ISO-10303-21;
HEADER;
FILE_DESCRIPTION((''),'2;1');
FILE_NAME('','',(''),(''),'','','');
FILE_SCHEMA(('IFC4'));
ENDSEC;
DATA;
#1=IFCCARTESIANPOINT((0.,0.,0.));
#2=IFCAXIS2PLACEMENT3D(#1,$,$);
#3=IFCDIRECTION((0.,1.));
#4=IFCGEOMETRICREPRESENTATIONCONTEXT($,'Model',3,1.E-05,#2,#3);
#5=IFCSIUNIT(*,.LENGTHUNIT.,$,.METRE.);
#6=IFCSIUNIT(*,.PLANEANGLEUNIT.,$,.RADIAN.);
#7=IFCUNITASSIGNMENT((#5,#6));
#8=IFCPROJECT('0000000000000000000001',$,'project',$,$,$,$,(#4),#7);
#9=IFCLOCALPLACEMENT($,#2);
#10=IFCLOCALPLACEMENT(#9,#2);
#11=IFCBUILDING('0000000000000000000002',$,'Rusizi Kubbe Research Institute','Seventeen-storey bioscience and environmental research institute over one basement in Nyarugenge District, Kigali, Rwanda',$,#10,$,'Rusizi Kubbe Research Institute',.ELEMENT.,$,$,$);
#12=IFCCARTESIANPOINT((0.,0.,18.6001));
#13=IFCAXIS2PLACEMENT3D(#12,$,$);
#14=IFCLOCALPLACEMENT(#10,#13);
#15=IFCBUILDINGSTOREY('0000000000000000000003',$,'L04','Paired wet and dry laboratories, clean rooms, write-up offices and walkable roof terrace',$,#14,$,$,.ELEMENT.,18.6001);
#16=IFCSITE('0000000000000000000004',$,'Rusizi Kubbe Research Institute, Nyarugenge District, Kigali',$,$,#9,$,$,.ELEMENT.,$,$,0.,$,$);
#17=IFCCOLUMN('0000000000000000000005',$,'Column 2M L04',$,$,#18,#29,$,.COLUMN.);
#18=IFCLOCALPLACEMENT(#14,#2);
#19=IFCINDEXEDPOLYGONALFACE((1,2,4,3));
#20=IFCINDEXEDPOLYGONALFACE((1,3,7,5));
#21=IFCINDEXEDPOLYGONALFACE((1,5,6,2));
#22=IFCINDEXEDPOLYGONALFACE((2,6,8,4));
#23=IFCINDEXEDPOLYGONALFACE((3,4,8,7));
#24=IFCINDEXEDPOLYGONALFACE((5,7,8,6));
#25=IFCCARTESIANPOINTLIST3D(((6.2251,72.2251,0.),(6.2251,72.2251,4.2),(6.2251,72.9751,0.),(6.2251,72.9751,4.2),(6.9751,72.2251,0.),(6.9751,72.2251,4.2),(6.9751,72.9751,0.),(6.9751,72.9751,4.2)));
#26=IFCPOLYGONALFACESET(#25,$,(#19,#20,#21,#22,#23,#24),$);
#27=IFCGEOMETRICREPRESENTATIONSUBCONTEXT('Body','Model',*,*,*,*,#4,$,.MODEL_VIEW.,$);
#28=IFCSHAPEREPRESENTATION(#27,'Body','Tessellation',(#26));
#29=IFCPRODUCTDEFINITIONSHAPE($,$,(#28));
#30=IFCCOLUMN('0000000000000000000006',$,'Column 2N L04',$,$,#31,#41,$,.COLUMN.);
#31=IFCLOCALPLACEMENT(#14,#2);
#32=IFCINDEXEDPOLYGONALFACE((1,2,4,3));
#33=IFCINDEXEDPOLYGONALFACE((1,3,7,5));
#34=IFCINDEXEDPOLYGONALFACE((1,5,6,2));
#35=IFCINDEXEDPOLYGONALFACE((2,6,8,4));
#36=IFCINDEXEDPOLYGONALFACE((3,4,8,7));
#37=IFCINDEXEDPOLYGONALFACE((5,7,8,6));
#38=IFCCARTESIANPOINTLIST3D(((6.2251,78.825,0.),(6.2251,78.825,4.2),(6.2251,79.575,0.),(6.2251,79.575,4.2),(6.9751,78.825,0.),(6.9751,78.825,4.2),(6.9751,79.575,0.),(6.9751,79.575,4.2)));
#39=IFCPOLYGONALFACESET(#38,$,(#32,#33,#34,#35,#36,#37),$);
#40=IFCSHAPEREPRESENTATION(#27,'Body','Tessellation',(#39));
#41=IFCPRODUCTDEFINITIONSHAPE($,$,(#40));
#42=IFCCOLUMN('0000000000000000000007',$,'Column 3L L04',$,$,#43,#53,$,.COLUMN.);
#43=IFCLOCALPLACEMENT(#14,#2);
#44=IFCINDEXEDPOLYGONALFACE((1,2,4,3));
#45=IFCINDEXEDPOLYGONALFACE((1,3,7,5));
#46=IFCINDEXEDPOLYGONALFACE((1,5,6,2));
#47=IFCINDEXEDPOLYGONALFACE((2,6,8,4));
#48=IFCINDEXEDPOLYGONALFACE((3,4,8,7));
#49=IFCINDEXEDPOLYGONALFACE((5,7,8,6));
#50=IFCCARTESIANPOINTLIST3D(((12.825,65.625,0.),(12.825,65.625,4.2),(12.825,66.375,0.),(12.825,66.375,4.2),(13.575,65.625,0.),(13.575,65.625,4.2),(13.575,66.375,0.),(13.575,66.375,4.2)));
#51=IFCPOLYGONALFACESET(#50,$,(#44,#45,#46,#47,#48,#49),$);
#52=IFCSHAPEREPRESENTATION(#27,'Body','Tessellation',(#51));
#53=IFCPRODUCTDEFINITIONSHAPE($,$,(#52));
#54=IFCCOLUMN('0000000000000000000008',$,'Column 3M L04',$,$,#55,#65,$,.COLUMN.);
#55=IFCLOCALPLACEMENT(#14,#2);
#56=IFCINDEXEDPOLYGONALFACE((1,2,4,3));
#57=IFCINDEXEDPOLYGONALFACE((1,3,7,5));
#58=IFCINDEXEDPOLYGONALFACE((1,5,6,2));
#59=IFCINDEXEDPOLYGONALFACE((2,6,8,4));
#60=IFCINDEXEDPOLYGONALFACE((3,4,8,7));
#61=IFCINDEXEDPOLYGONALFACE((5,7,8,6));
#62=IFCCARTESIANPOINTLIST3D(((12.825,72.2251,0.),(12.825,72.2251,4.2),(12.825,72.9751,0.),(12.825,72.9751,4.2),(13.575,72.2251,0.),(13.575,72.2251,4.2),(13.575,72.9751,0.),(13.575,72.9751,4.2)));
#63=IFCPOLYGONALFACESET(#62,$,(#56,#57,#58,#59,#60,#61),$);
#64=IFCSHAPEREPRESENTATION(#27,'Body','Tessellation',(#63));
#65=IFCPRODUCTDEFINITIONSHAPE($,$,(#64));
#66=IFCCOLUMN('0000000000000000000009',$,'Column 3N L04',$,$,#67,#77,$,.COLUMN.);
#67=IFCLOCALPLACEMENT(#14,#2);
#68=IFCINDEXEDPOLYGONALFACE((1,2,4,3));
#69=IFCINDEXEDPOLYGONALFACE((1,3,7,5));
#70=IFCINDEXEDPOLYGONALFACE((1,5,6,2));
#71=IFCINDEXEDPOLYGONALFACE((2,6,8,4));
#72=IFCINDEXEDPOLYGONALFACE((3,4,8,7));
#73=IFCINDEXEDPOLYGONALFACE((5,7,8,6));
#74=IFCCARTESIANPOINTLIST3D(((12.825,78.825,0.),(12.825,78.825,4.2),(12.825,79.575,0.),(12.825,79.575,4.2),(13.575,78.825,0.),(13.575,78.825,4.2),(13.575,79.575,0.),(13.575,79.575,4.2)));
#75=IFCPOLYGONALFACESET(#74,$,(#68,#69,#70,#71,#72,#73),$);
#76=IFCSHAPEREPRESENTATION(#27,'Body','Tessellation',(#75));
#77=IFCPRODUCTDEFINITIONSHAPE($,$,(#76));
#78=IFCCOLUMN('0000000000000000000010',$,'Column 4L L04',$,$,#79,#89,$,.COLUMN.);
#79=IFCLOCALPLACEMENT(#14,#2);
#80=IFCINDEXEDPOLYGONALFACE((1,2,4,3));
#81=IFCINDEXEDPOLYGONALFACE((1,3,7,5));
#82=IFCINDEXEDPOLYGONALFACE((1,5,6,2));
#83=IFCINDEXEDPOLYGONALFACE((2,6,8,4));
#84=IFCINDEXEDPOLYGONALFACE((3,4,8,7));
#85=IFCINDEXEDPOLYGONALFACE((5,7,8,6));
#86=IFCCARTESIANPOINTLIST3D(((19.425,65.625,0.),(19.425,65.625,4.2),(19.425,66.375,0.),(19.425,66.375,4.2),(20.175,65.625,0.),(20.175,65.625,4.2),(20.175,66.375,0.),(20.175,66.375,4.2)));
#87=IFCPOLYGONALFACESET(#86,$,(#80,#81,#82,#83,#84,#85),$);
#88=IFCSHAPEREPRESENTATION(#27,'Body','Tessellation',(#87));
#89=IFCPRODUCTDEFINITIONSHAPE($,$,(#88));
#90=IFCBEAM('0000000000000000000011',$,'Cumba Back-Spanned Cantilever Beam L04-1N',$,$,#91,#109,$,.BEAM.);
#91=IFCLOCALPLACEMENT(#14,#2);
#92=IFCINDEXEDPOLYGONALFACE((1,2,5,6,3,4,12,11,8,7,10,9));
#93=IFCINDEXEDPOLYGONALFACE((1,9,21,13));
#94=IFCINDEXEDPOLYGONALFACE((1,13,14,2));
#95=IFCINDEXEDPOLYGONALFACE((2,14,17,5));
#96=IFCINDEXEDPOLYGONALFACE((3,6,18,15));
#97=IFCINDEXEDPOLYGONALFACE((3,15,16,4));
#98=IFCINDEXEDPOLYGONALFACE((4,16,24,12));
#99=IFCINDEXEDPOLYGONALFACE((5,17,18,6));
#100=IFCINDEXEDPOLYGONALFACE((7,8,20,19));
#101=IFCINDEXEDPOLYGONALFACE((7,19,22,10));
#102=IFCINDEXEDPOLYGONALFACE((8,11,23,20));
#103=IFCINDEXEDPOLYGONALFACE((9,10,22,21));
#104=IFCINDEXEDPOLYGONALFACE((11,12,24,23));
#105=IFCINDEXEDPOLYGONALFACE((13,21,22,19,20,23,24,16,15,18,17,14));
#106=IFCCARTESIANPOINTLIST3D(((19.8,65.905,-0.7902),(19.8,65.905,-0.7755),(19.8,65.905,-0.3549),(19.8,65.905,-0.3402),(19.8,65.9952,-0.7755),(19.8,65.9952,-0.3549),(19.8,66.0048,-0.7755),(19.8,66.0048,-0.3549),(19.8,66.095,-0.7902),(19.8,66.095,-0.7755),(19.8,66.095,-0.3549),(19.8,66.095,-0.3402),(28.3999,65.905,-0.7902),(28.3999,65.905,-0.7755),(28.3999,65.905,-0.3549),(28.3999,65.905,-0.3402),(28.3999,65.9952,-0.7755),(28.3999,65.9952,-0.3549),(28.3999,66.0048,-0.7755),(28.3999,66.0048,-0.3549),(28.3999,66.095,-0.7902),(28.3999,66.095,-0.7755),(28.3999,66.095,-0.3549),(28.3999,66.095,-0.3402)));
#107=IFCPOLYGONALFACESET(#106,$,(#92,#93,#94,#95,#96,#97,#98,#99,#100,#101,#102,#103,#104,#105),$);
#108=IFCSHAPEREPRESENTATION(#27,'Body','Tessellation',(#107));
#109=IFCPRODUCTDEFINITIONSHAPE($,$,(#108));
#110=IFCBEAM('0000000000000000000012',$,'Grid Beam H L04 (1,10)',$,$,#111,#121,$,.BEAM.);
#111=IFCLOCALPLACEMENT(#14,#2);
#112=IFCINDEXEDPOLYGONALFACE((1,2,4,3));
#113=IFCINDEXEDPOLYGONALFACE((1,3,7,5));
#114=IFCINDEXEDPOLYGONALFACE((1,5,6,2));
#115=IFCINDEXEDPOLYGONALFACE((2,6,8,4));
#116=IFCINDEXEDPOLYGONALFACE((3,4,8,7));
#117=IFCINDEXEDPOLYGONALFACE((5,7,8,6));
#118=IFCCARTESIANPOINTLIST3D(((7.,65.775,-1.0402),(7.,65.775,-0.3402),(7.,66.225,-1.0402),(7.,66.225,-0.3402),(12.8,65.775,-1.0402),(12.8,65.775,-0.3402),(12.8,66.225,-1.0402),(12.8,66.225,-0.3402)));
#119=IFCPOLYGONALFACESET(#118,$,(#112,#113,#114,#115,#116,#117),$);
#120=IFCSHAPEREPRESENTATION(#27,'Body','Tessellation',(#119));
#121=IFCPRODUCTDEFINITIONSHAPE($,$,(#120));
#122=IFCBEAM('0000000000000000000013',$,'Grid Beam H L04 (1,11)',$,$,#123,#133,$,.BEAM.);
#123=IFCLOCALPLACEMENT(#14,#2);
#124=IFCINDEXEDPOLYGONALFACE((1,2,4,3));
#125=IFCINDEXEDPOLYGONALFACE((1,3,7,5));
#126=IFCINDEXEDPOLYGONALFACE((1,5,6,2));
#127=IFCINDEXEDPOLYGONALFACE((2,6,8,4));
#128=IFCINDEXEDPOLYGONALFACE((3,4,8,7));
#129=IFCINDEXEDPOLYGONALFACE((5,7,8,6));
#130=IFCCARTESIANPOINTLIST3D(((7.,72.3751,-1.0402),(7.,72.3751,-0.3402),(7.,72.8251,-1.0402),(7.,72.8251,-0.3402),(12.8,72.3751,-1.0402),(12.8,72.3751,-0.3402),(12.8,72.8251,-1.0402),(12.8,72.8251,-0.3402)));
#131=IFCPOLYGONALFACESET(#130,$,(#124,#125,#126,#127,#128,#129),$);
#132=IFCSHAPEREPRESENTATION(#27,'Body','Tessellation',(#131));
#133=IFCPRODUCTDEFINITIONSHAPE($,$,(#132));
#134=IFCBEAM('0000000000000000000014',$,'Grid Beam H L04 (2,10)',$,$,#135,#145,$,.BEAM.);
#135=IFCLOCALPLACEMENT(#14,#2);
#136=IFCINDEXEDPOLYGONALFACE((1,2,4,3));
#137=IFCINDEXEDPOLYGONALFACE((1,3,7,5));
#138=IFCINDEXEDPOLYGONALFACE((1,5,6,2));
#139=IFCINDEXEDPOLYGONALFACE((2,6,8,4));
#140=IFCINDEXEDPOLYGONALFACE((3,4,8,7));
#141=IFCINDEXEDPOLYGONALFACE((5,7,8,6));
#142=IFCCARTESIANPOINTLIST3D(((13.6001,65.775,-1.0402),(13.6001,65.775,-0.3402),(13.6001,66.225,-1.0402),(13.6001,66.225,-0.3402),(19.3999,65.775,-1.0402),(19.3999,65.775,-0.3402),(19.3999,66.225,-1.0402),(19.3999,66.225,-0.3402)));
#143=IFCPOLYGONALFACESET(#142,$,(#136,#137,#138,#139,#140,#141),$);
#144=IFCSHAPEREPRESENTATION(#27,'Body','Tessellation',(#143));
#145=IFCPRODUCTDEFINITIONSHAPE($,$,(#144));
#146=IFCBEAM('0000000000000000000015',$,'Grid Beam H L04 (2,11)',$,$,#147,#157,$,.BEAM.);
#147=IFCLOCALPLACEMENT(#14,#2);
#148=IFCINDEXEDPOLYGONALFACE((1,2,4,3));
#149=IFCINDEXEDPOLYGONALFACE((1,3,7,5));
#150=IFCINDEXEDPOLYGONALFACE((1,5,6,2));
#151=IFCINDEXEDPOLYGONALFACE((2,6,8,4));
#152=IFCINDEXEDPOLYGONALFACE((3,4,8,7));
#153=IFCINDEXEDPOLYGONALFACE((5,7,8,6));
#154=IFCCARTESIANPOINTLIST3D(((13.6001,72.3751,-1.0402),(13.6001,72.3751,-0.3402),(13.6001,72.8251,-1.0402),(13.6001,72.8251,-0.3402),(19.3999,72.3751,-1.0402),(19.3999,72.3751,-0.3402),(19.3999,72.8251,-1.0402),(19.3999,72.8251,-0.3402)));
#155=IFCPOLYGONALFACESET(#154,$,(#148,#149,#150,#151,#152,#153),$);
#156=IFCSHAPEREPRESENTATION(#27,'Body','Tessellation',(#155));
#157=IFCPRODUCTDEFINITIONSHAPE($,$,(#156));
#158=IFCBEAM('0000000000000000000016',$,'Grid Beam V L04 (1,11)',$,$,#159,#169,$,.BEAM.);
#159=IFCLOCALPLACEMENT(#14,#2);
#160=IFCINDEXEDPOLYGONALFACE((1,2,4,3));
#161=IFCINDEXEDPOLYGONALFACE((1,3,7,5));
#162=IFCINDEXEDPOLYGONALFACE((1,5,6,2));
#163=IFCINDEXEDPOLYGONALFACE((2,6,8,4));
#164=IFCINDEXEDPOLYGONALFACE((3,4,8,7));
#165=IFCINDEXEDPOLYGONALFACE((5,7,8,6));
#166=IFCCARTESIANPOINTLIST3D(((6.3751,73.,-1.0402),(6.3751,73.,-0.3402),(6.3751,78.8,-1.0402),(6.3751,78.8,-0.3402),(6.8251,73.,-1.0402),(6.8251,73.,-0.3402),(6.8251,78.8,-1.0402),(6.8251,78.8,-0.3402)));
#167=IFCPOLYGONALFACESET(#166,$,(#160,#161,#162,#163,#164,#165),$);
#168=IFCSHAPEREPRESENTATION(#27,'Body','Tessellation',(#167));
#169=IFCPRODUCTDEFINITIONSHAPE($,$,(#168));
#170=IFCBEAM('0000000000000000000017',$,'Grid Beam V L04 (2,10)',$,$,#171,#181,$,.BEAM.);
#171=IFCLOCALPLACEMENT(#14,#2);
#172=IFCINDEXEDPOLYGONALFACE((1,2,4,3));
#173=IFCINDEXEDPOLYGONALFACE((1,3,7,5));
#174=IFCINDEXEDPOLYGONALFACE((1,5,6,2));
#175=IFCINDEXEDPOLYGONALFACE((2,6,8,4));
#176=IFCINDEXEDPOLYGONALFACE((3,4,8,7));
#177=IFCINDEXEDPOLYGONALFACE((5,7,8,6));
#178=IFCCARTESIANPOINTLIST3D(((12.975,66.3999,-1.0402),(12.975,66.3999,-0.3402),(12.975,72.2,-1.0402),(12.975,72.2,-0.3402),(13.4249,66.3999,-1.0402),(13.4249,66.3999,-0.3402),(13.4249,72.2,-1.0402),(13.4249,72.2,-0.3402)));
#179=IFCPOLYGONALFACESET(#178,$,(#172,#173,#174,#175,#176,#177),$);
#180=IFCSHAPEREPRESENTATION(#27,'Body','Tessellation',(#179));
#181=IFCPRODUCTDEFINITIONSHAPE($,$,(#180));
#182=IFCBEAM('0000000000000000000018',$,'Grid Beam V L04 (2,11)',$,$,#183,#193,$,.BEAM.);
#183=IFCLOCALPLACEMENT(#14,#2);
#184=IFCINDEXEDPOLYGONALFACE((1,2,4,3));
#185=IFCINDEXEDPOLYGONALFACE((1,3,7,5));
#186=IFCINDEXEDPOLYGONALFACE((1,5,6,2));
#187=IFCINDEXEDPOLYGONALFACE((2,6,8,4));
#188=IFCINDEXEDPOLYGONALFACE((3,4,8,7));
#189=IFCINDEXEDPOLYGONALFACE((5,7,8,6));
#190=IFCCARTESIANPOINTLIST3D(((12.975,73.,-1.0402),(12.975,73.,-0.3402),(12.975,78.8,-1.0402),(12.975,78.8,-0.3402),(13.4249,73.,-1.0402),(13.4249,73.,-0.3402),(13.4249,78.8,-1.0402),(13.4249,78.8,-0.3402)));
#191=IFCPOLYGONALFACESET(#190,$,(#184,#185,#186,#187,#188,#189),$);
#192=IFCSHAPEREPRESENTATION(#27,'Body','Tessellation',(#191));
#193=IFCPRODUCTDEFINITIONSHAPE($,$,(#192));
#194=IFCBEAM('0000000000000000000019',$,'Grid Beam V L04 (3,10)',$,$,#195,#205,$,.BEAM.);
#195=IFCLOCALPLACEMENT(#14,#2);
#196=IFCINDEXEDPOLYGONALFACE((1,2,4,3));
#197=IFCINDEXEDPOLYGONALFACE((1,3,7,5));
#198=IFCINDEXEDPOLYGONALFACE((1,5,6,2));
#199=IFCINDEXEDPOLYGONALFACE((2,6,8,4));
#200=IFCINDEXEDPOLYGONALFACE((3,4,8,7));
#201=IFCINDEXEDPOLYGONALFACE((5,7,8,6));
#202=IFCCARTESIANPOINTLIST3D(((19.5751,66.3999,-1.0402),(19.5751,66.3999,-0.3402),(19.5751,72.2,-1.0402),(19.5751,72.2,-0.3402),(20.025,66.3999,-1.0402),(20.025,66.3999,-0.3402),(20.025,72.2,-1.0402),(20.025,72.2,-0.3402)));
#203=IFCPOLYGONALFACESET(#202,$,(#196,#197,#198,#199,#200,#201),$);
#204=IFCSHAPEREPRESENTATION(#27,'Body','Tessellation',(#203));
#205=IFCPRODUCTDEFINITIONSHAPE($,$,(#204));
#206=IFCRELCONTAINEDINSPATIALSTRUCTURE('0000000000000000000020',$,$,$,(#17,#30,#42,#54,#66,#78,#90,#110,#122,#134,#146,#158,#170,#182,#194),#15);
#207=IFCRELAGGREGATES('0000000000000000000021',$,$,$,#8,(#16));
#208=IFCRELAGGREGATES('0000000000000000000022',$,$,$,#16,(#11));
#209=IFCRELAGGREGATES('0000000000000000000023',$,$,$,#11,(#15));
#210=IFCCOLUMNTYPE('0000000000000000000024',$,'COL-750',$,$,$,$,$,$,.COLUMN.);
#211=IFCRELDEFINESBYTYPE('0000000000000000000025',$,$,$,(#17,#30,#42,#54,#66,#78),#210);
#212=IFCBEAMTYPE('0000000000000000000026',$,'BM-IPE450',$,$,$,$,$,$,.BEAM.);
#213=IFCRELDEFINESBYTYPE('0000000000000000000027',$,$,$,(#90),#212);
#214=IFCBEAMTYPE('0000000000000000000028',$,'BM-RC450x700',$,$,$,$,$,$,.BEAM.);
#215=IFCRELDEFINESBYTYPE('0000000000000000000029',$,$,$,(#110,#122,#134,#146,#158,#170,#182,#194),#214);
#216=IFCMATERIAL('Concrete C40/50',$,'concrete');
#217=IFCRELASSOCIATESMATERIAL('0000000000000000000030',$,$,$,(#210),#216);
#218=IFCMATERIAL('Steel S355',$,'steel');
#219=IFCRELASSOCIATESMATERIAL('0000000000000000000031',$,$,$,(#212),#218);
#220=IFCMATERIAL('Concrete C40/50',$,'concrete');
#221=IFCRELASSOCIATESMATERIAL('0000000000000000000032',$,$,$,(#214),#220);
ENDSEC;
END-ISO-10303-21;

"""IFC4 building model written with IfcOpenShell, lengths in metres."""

from ifc_helpers import new_model, si_unit, direction, frame, origin, origin_2d, place, context, subcontext, project, spatial, rectangle, i_section, extrude, material, material_profile, profile_set, type_object, element, save


model = new_model("IFC4")

# Units and contexts
model_context = context("Model", 3, precision=1e-05, world=origin(), true_north=direction((0.0, 1.0)))
body_context = subcontext(model_context, "Body", "Model", "MODEL_VIEW")
ifc_project = project(units=[si_unit("LENGTHUNIT", "METRE"), si_unit("PLANEANGLEUNIT", "RADIAN")], contexts=[model_context])

# Site, building, storey
site_placement = place(None, origin())
site = spatial("IfcSite", under=ifc_project, at=site_placement, Name="Rusizi Kubbe Research Institute, Nyarugenge District, Kigali", CompositionType="ELEMENT", RefElevation=0.0)
building_placement = place(site_placement, origin())
building = spatial("IfcBuilding", under=site, at=building_placement, Name="Rusizi Kubbe Research Institute", Description="Seventeen-storey bioscience and environmental research institute over one basement in Nyarugenge District, Kigali, Rwanda", LongName="Rusizi Kubbe Research Institute", CompositionType="ELEMENT")
storey_placement = place(building_placement, frame((0.0, 0.0, 18.6001)))
storey = spatial("IfcBuildingStorey", under=building, at=storey_placement, Name="L04", Description="Paired wet and dry laboratories, clean rooms, write-up offices and walkable roof terrace", CompositionType="ELEMENT", Elevation=18.6001)

# Columns
ifc_material_1 = material(Name="Concrete C40/50", Category="concrete")
ifc_material_profile_1 = material_profile(ifc_material_1, rectangle(XDim=0.75, YDim=0.75, at=origin_2d()), Name="RC750x750")
ifc_profile_set_1 = profile_set([ifc_material_profile_1], Name="Concrete C40/50")
column_type = type_object("IfcColumnType", Name="COL-750", PredefinedType="COLUMN", material=ifc_profile_set_1)
for number, where, z_axis, x_axis, name in (
    (1, (6.6001, 72.6001, 0.0), (0.0, 0.0, 1.0), (1.0, 0.0, 0.0), "Column 2M L04"),
    (2, (6.6001, 79.2, 0.0), (0.0, 0.0, 1.0), (1.0, 0.0, 0.0), "Column 2N L04"),
    (3, (13.2, 66.0, 0.0), (0.0, 0.0, 1.0), (1.0, 0.0, 0.0), "Column 3L L04"),
    (4, (13.2, 72.6001, 0.0), (0.0, 0.0, 1.0), (1.0, 0.0, 0.0), "Column 3M L04"),
    (5, (13.2, 79.2, 0.0), (0.0, 0.0, 1.0), (1.0, 0.0, 0.0), "Column 3N L04"),
    (6, (19.8, 66.0, 0.0), (0.0, 0.0, 1.0), (1.0, 0.0, 0.0), "Column 4L L04"),
):
    element("IfcColumn", number, at=place(storey_placement, frame(where, z_axis=z_axis, x_axis=x_axis)), inside=storey, type_object=column_type, Name=name, PredefinedType="COLUMN", context=body_context, shape_type="SweptSolid", body=[
        extrude(rectangle(XDim=0.75, YDim=0.75, at=origin_2d()), origin(), (0.0, 0.0, 1.0), 4.2),
    ])

# Beams
ifc_material_2 = material(Name="Steel S355", Category="steel")
ifc_material_profile_2 = material_profile(ifc_material_2, i_section(OverallWidth=0.1899, OverallDepth=0.45, WebThickness=0.0095, FlangeThickness=0.0146, at=origin_2d()), Name="IPE 450")
ifc_profile_set_2 = profile_set([ifc_material_profile_2], Name="Steel S355")
beam_type_1 = type_object("IfcBeamType", Name="BM-IPE450", PredefinedType="BEAM", material=ifc_profile_set_2)
beam_placement = place(storey_placement, frame((19.8, 66.0, -0.5652), z_axis=(1.0, 0.0, 0.0), x_axis=(0.0, 1.0, 0.0)))
element("IfcBeam", 7, at=beam_placement, inside=storey, type_object=beam_type_1, Name="Cumba Back-Spanned Cantilever Beam L04-1N", PredefinedType="BEAM", context=body_context, shape_type="SweptSolid", body=[
    extrude(i_section(OverallWidth=0.1899, OverallDepth=0.45, WebThickness=0.0095, FlangeThickness=0.0146, at=origin_2d()), origin(), (0.0, 0.0, 1.0), 8.5999),
])
ifc_material_3 = material(Name="Concrete C40/50", Category="concrete")
ifc_material_profile_3 = material_profile(ifc_material_3, rectangle(XDim=0.45, YDim=0.7, at=origin_2d()), Name="RC450x700B")
ifc_profile_set_3 = profile_set([ifc_material_profile_3], Name="Concrete C40/50")
beam_type_2 = type_object("IfcBeamType", Name="BM-RC450x700", PredefinedType="BEAM", material=ifc_profile_set_3)
for number, where, z_axis, x_axis, name in (
    (8, (7.0, 66.0, -0.6902), (1.0, 0.0, 0.0), (0.0, 1.0, 0.0), "Grid Beam H L04 (1,10)"),
    (9, (7.0, 72.6001, -0.6902), (1.0, 0.0, 0.0), (0.0, 1.0, 0.0), "Grid Beam H L04 (1,11)"),
):
    element("IfcBeam", number, at=place(storey_placement, frame(where, z_axis=z_axis, x_axis=x_axis)), inside=storey, type_object=beam_type_2, Name=name, PredefinedType="BEAM", context=body_context, shape_type="SweptSolid", body=[
        extrude(rectangle(XDim=0.45, YDim=0.7, at=origin_2d()), origin(), (0.0, 0.0, 1.0), 5.8),
    ])
for number, where, z_axis, x_axis, name in (
    (10, (13.6001, 66.0, -0.6902), (1.0, 0.0, 0.0), (0.0, 1.0, 0.0), "Grid Beam H L04 (2,10)"),
    (11, (13.6001, 72.6001, -0.6902), (1.0, 0.0, 0.0), (0.0, 1.0, 0.0), "Grid Beam H L04 (2,11)"),
):
    element("IfcBeam", number, at=place(storey_placement, frame(where, z_axis=z_axis, x_axis=x_axis)), inside=storey, type_object=beam_type_2, Name=name, PredefinedType="BEAM", context=body_context, shape_type="SweptSolid", body=[
        extrude(rectangle(XDim=0.45, YDim=0.7, at=origin_2d()), origin(), (0.0, 0.0, 1.0), 5.7998),
    ])
for number, where, z_axis, x_axis, name in (
    (12, (6.6001, 73.0, -0.6902), (0.0, 1.0, 0.0), (-1.0, 0.0, 0.0), "Grid Beam V L04 (1,11)"),
    (13, (13.2, 66.3999, -0.6902), (0.0, 1.0, 0.0), (-1.0, 0.0, 0.0), "Grid Beam V L04 (2,10)"),
    (14, (13.2, 73.0, -0.6902), (0.0, 1.0, 0.0), (-1.0, 0.0, 0.0), "Grid Beam V L04 (2,11)"),
    (15, (19.8, 66.3999, -0.6902), (0.0, 1.0, 0.0), (-1.0, 0.0, 0.0), "Grid Beam V L04 (3,10)"),
):
    element("IfcBeam", number, at=place(storey_placement, frame(where, z_axis=z_axis, x_axis=x_axis)), inside=storey, type_object=beam_type_2, Name=name, PredefinedType="BEAM", context=body_context, shape_type="SweptSolid", body=[
        extrude(rectangle(XDim=0.45, YDim=0.7, at=origin_2d()), origin(), (0.0, 0.0, 1.0), 5.8),
    ])

save(model, "model.ifc")
